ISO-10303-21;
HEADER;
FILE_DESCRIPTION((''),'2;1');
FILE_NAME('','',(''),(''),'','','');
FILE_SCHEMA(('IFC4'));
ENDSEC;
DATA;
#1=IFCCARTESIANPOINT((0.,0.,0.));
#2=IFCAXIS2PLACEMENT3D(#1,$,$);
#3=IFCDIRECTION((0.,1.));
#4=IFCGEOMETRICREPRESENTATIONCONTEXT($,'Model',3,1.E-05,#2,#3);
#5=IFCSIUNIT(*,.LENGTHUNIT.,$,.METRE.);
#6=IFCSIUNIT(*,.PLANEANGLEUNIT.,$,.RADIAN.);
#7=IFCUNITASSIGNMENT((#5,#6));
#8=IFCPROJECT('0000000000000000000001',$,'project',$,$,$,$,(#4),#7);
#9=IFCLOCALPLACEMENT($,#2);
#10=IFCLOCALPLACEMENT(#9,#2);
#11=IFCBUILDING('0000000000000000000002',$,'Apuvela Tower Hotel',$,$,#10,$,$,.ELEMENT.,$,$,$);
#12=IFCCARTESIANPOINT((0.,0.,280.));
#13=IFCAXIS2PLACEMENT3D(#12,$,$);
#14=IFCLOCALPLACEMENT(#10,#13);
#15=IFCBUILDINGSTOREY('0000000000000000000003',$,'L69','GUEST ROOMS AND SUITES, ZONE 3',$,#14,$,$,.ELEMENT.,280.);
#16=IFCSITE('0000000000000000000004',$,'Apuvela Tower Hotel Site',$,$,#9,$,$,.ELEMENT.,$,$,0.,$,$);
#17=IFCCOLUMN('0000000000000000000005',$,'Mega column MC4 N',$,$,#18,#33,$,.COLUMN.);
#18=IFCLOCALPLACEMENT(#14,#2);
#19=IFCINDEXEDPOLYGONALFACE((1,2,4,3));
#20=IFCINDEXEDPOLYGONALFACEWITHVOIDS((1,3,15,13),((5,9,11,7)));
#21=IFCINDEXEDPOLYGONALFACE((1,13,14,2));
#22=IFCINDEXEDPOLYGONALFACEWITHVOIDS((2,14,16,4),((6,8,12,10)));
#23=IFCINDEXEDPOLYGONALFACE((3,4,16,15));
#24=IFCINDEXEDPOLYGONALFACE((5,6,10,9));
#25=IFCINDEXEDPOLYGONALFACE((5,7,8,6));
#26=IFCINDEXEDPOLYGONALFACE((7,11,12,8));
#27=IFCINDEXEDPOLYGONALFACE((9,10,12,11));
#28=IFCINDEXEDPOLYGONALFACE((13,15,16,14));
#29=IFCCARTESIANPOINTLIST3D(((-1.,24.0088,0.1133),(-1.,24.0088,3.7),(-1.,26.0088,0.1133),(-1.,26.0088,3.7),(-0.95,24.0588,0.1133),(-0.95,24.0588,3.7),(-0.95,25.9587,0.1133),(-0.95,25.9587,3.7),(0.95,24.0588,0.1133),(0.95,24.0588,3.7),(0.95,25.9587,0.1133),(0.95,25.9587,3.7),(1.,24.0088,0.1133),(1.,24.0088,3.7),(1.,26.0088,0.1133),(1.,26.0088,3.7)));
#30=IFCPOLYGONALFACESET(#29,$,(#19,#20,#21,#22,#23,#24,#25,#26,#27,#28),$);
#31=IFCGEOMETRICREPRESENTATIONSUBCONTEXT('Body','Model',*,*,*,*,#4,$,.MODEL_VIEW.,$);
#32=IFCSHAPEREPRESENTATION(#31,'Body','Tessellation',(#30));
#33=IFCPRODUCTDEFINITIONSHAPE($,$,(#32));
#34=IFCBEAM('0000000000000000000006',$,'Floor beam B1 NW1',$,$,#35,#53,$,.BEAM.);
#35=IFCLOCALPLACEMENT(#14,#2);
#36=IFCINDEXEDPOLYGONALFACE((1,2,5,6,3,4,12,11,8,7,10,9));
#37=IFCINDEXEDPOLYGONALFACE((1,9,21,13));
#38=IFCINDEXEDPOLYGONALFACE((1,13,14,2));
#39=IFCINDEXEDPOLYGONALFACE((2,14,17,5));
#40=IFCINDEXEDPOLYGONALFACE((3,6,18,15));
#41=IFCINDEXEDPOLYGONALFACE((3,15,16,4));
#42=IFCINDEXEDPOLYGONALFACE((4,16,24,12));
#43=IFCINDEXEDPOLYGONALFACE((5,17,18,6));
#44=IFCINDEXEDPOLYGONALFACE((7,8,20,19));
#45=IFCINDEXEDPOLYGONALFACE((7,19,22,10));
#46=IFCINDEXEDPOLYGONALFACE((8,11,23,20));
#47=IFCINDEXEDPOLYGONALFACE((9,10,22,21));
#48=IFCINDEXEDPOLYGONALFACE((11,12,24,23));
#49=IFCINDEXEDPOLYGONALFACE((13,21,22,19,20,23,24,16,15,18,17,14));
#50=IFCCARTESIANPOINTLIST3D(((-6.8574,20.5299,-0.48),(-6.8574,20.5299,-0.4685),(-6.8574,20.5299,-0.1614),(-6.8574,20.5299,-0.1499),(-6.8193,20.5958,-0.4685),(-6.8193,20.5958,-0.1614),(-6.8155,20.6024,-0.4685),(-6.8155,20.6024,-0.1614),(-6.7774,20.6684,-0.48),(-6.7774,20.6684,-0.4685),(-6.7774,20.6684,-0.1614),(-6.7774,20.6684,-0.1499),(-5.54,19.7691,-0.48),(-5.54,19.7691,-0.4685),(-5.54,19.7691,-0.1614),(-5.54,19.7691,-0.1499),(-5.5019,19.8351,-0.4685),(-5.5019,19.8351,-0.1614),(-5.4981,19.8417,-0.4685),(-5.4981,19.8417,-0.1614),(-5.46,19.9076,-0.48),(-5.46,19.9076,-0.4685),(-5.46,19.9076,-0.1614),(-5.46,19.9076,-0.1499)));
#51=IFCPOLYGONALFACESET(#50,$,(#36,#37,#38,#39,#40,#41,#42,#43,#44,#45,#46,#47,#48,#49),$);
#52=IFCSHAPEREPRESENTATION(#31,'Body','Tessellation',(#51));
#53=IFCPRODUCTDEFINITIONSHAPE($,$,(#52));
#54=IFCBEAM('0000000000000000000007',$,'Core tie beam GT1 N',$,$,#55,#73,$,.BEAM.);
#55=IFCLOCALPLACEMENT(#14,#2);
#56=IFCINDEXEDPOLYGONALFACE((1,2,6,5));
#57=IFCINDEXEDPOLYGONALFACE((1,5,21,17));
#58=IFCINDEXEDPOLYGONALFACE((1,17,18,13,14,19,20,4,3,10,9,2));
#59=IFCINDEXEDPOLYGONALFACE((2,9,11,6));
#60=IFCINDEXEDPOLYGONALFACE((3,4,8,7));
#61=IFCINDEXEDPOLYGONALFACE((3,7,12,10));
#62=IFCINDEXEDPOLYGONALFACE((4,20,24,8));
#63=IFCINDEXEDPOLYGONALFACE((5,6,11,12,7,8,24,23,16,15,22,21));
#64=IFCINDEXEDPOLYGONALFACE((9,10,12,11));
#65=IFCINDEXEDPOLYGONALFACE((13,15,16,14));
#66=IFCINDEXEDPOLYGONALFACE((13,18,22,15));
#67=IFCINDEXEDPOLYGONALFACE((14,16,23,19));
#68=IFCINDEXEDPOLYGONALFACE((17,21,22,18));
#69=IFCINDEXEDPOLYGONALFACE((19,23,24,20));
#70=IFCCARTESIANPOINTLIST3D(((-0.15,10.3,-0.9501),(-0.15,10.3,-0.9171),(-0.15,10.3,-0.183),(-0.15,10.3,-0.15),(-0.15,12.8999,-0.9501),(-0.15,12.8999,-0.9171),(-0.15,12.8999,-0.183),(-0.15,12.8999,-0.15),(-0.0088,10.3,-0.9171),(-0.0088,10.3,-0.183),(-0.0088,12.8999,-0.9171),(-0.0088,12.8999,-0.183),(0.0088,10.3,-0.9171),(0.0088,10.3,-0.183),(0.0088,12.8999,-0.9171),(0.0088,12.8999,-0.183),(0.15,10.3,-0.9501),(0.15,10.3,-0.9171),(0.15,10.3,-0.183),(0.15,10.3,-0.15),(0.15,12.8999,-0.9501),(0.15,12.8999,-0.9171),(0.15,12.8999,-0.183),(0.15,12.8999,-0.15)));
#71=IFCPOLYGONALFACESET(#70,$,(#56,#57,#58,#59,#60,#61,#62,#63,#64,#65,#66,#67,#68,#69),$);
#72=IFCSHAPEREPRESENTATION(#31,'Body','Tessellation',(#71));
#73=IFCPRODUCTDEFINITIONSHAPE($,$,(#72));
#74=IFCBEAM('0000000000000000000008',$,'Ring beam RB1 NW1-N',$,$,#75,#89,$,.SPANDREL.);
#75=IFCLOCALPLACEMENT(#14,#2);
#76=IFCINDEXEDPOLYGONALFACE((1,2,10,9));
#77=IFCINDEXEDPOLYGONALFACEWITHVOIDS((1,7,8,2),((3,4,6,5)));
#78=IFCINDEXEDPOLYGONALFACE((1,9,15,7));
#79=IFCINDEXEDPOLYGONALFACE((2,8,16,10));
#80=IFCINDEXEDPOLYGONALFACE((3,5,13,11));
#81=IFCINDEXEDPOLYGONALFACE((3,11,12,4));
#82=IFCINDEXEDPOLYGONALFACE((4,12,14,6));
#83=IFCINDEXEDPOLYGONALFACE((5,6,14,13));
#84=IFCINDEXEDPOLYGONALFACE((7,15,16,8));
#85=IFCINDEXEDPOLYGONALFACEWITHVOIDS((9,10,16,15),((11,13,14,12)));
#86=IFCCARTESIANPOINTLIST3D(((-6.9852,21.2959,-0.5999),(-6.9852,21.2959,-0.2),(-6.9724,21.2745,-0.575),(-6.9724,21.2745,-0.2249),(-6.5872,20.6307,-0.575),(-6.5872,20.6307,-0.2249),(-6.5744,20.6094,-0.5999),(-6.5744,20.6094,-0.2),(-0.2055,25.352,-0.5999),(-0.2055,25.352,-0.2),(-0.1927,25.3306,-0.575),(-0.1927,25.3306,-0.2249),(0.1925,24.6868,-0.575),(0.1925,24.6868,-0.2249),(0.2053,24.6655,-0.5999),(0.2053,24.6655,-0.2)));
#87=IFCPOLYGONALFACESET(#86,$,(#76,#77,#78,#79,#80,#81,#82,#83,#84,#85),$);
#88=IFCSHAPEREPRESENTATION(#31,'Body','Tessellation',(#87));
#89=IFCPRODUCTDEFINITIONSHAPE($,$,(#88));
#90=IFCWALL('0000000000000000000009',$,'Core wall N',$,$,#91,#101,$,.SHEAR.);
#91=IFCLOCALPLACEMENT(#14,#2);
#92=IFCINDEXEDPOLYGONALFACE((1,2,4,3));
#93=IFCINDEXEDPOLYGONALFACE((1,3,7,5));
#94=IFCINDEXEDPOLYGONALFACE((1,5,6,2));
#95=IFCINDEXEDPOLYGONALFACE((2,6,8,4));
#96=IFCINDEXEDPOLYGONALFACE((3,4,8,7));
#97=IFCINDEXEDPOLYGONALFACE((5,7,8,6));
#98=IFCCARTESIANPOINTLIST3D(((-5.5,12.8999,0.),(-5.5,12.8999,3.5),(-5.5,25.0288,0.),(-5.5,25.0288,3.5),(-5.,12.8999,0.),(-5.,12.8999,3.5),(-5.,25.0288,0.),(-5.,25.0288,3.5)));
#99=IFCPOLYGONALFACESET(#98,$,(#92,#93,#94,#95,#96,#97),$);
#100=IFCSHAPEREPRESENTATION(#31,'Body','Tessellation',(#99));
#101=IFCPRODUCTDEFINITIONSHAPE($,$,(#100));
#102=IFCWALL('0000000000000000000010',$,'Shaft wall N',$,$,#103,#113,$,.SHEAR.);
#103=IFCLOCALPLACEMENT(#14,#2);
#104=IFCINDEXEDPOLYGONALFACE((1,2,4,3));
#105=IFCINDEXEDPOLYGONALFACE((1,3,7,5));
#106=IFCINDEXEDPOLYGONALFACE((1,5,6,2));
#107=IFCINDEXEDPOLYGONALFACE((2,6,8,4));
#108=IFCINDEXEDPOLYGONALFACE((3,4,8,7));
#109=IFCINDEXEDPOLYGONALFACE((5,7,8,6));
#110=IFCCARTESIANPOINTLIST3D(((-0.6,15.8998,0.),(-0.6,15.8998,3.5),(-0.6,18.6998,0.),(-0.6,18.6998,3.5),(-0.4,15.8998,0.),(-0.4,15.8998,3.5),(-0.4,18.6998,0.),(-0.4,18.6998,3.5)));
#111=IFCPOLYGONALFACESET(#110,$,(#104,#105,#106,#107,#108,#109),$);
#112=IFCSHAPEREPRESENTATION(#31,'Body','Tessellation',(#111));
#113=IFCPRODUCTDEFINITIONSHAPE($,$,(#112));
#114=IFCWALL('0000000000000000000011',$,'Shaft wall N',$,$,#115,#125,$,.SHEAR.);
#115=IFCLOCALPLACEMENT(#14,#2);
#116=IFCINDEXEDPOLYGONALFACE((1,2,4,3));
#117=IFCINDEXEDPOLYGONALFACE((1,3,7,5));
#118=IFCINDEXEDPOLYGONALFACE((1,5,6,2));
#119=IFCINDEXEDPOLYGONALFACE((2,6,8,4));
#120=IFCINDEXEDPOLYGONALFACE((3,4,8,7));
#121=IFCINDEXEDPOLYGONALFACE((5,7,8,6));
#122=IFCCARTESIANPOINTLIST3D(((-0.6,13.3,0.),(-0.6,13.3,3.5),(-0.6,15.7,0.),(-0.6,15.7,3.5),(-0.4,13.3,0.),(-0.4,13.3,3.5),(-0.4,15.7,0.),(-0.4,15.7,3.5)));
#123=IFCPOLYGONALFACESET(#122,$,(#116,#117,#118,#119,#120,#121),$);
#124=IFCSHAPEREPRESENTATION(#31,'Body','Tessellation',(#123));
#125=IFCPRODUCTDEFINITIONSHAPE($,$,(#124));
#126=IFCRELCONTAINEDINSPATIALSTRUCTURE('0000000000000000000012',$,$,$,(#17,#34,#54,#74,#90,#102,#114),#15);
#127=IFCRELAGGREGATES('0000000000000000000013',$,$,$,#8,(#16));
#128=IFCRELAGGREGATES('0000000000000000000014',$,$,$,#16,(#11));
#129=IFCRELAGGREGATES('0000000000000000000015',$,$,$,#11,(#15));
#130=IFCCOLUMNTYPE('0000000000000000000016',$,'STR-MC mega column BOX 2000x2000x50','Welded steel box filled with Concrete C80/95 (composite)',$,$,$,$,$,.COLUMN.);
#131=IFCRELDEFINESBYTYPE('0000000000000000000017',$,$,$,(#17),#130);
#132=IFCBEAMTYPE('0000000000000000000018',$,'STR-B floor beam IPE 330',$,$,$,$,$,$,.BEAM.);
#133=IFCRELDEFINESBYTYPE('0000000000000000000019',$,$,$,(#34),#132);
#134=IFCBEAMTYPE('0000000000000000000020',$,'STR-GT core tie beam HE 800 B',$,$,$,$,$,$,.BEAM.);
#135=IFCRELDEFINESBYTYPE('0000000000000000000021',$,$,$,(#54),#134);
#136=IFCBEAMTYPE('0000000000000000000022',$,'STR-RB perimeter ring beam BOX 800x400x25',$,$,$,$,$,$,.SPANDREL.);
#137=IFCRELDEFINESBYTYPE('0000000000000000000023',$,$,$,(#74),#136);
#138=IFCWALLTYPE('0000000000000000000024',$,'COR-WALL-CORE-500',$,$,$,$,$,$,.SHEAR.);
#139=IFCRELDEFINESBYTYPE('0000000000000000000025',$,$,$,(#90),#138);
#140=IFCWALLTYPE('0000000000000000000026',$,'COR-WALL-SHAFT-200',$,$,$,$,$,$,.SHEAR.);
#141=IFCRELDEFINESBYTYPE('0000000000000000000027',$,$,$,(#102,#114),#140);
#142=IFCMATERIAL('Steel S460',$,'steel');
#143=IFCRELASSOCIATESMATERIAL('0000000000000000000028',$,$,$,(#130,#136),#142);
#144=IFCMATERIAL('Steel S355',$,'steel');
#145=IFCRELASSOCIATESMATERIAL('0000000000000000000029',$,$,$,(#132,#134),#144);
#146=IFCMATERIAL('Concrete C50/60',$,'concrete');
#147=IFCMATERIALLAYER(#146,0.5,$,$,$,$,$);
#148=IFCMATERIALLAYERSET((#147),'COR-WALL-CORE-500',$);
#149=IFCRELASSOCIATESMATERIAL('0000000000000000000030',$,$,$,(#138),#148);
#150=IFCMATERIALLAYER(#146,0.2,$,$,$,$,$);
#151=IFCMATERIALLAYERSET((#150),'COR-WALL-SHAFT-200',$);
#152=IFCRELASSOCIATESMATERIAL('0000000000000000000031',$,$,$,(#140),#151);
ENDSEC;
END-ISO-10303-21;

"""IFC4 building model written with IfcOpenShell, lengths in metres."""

from ifc_helpers import new_model, si_unit, direction, frame, frame_2d, origin, origin_2d, place, context, subcontext, project, spatial, rectangle, hollow_rectangle, i_section, extrude, boolean, halfspace, material, layer, layer_set, material_profile, profile_set, type_object, element, save


model = new_model("IFC4")

# Units and contexts
model_context = context("Model", 3, precision=1e-05, world=origin(), true_north=direction((0.0, 1.0)))
body_context = subcontext(model_context, "Body", "Model", "MODEL_VIEW")
ifc_project = project(units=[si_unit("LENGTHUNIT", "METRE"), si_unit("PLANEANGLEUNIT", "RADIAN")], contexts=[model_context])

# Site, building, storey
site_placement = place(None, origin())
site = spatial("IfcSite", under=ifc_project, at=site_placement, Name="Apuvela Tower Hotel Site", CompositionType="ELEMENT", RefElevation=0.0)
building_placement = place(site_placement, origin())
building = spatial("IfcBuilding", under=site, at=building_placement, Name="Apuvela Tower Hotel", CompositionType="ELEMENT")
storey_placement = place(building_placement, frame((0.0, 0.0, 280.0)))
storey = spatial("IfcBuildingStorey", under=building, at=storey_placement, Name="L69", Description="GUEST ROOMS AND SUITES, ZONE 3", CompositionType="ELEMENT", Elevation=280.0)

# Column
ifc_material_1 = material(Name="Steel S460", Category="steel")
ifc_material_profile_1 = material_profile(ifc_material_1, hollow_rectangle(XDim=2.0, YDim=2.0, WallThickness=0.05, at=origin_2d()), Name="BOX 2000x2000x50")
ifc_material_2 = material(Name="Concrete C80/95", Category="concrete")
ifc_material_profile_2 = material_profile(ifc_material_2, rectangle(XDim=1.8999, YDim=1.8999, at=origin_2d()), Name="Concrete C80/95 infill")
ifc_profile_set_1 = profile_set([ifc_material_profile_1, ifc_material_profile_2], Name="Steel S460")
column_type = type_object("IfcColumnType", Name="STR-MC mega column BOX 2000x2000x50", Description="Welded steel box filled with Concrete C80/95 (composite)", PredefinedType="COLUMN", material=ifc_profile_set_1)
column_placement = place(storey_placement, frame((0.0, 25.0088, 0.0), z_axis=(0.0, 0.0, 1.0), x_axis=(1.0, 0.0, 0.0)))
element("IfcColumn", 1, at=column_placement, inside=storey, type_object=column_type, Name="Mega column MC4 N", PredefinedType="COLUMN", context=body_context, shape_type="SweptSolid", body=[
    boolean("DIFFERENCE", extrude(hollow_rectangle(XDim=2.0, YDim=2.0, WallThickness=0.05, at=origin_2d()), origin(), (0.0, 0.0, 1.0), 3.7), halfspace(frame((0.0, 0.0, 0.1133), z_axis=(0.0, 0.0, 1.0), x_axis=(1.0, 0.0, 0.0)), True)),
])

# Beams
ifc_material_3 = material(Name="Steel S355", Category="steel")
ifc_material_profile_3 = material_profile(ifc_material_3, i_section(OverallWidth=0.1599, OverallDepth=0.3301, WebThickness=0.0076, FlangeThickness=0.0115, at=origin_2d()), Name="IPE 330")
ifc_profile_set_2 = profile_set([ifc_material_profile_3], Name="Steel S355")
beam_type_1 = type_object("IfcBeamType", Name="STR-B floor beam IPE 330", PredefinedType="BEAM", material=ifc_profile_set_2)
beam_1_placement = place(storey_placement, frame((-6.8174, 20.5991, -0.3149), z_axis=(0.865982, -0.500074, 0.0), x_axis=(0.500074, 0.865982, 0.0)))
element("IfcBeam", 2, at=beam_1_placement, inside=storey, type_object=beam_type_1, Name="Floor beam B1 NW1", PredefinedType="BEAM", context=body_context, shape_type="SweptSolid", body=[
    extrude(i_section(OverallWidth=0.1599, OverallDepth=0.3301, WebThickness=0.0076, FlangeThickness=0.0115, at=origin_2d()), origin(), (0.0, 0.0, 1.0), 1.5212),
])
ifc_material_profile_4 = material_profile(ifc_material_3, i_section(OverallWidth=0.3, OverallDepth=0.8, WebThickness=0.0176, FlangeThickness=0.033, at=origin_2d()), Name="HE 800 B")
ifc_profile_set_3 = profile_set([ifc_material_profile_4], Name="Steel S355")
beam_type_2 = type_object("IfcBeamType", Name="STR-GT core tie beam HE 800 B", PredefinedType="BEAM", material=ifc_profile_set_3)
beam_2_placement = place(storey_placement, frame((0.0, 12.8999, -0.55), z_axis=(0.0, -1.0, 0.0), x_axis=(1.0, 0.0, 0.0)))
element("IfcBeam", 3, at=beam_2_placement, inside=storey, type_object=beam_type_2, Name="Core tie beam GT1 N", PredefinedType="BEAM", context=body_context, shape_type="SweptSolid", body=[
    extrude(i_section(OverallWidth=0.3, OverallDepth=0.8, WebThickness=0.0176, FlangeThickness=0.033, at=origin_2d()), origin(), (0.0, 0.0, 1.0), 2.5999),
])
ifc_material_profile_5 = material_profile(ifc_material_1, hollow_rectangle(XDim=0.8, YDim=0.3999, WallThickness=0.0249, at=origin_2d()), Name="BOX 800x400x25")
ifc_profile_set_4 = profile_set([ifc_material_profile_5], Name="Steel S460")
beam_type_3 = type_object("IfcBeamType", Name="STR-RB perimeter ring beam BOX 800x400x25", PredefinedType="SPANDREL", material=ifc_profile_set_4)
beam_3_placement = place(storey_placement, frame((-6.7798, 20.9526, -0.3999), z_axis=(0.858147, 0.513405, 0.0), x_axis=(-0.513405, 0.858147, 0.0)))
element("IfcBeam", 4, at=beam_3_placement, inside=storey, type_object=beam_type_3, Name="Ring beam RB1 NW1-N", PredefinedType="SPANDREL", context=body_context, shape_type="SweptSolid", body=[
    extrude(hollow_rectangle(XDim=0.8, YDim=0.3999, WallThickness=0.0249, at=origin_2d()), origin(), (0.0, 0.0, 1.0), 7.9004),
])

# Walls
ifc_material_4 = material(Name="Concrete C50/60", Category="concrete")
ifc_layer_1 = layer(ifc_material_4, 0.5)
ifc_layer_set_1 = layer_set([ifc_layer_1], Name="COR-WALL-CORE-500")
wall_type_1 = type_object("IfcWallType", Name="COR-WALL-CORE-500", PredefinedType="SHEAR", material=ifc_layer_set_1)
wall_1_placement = place(storey_placement, frame((-5.25, 12.8999, 0.0), z_axis=(0.0, 0.0, 1.0), x_axis=(0.0, 1.0, 0.0)))
element("IfcWall", 5, at=wall_1_placement, inside=storey, type_object=wall_type_1, Name="Core wall N", PredefinedType="SHEAR", context=body_context, shape_type="SweptSolid", body=[
    extrude(rectangle(XDim=12.1289, YDim=0.5, at=frame_2d((6.0645, 0.0))), origin(), (0.0, 0.0, 1.0), 3.5),
])
ifc_layer_2 = layer(ifc_material_4, 0.2)
ifc_layer_set_2 = layer_set([ifc_layer_2], Name="COR-WALL-SHAFT-200")
wall_type_2 = type_object("IfcWallType", Name="COR-WALL-SHAFT-200", PredefinedType="SHEAR", material=ifc_layer_set_2)
wall_2_placement = place(storey_placement, frame((-0.5, 15.8999, 0.0), z_axis=(0.0, 0.0, 1.0), x_axis=(0.0, 1.0, 0.0)))
element("IfcWall", 6, at=wall_2_placement, inside=storey, type_object=wall_type_2, Name="Shaft wall N", PredefinedType="SHEAR", context=body_context, shape_type="SweptSolid", body=[
    extrude(rectangle(XDim=2.8, YDim=0.2, at=frame_2d((1.3999, 0.0))), origin(), (0.0, 0.0, 1.0), 3.5),
])
wall_3_placement = place(storey_placement, frame((-0.5, 13.3, 0.0), z_axis=(0.0, 0.0, 1.0), x_axis=(0.0, 1.0, 0.0)))
element("IfcWall", 7, at=wall_3_placement, inside=storey, type_object=wall_type_2, Name="Shaft wall N", PredefinedType="SHEAR", context=body_context, shape_type="SweptSolid", body=[
    extrude(rectangle(XDim=2.3999, YDim=0.2, at=frame_2d((1.2, 0.0))), origin(), (0.0, 0.0, 1.0), 3.5),
])

save(model, "model.ifc")
